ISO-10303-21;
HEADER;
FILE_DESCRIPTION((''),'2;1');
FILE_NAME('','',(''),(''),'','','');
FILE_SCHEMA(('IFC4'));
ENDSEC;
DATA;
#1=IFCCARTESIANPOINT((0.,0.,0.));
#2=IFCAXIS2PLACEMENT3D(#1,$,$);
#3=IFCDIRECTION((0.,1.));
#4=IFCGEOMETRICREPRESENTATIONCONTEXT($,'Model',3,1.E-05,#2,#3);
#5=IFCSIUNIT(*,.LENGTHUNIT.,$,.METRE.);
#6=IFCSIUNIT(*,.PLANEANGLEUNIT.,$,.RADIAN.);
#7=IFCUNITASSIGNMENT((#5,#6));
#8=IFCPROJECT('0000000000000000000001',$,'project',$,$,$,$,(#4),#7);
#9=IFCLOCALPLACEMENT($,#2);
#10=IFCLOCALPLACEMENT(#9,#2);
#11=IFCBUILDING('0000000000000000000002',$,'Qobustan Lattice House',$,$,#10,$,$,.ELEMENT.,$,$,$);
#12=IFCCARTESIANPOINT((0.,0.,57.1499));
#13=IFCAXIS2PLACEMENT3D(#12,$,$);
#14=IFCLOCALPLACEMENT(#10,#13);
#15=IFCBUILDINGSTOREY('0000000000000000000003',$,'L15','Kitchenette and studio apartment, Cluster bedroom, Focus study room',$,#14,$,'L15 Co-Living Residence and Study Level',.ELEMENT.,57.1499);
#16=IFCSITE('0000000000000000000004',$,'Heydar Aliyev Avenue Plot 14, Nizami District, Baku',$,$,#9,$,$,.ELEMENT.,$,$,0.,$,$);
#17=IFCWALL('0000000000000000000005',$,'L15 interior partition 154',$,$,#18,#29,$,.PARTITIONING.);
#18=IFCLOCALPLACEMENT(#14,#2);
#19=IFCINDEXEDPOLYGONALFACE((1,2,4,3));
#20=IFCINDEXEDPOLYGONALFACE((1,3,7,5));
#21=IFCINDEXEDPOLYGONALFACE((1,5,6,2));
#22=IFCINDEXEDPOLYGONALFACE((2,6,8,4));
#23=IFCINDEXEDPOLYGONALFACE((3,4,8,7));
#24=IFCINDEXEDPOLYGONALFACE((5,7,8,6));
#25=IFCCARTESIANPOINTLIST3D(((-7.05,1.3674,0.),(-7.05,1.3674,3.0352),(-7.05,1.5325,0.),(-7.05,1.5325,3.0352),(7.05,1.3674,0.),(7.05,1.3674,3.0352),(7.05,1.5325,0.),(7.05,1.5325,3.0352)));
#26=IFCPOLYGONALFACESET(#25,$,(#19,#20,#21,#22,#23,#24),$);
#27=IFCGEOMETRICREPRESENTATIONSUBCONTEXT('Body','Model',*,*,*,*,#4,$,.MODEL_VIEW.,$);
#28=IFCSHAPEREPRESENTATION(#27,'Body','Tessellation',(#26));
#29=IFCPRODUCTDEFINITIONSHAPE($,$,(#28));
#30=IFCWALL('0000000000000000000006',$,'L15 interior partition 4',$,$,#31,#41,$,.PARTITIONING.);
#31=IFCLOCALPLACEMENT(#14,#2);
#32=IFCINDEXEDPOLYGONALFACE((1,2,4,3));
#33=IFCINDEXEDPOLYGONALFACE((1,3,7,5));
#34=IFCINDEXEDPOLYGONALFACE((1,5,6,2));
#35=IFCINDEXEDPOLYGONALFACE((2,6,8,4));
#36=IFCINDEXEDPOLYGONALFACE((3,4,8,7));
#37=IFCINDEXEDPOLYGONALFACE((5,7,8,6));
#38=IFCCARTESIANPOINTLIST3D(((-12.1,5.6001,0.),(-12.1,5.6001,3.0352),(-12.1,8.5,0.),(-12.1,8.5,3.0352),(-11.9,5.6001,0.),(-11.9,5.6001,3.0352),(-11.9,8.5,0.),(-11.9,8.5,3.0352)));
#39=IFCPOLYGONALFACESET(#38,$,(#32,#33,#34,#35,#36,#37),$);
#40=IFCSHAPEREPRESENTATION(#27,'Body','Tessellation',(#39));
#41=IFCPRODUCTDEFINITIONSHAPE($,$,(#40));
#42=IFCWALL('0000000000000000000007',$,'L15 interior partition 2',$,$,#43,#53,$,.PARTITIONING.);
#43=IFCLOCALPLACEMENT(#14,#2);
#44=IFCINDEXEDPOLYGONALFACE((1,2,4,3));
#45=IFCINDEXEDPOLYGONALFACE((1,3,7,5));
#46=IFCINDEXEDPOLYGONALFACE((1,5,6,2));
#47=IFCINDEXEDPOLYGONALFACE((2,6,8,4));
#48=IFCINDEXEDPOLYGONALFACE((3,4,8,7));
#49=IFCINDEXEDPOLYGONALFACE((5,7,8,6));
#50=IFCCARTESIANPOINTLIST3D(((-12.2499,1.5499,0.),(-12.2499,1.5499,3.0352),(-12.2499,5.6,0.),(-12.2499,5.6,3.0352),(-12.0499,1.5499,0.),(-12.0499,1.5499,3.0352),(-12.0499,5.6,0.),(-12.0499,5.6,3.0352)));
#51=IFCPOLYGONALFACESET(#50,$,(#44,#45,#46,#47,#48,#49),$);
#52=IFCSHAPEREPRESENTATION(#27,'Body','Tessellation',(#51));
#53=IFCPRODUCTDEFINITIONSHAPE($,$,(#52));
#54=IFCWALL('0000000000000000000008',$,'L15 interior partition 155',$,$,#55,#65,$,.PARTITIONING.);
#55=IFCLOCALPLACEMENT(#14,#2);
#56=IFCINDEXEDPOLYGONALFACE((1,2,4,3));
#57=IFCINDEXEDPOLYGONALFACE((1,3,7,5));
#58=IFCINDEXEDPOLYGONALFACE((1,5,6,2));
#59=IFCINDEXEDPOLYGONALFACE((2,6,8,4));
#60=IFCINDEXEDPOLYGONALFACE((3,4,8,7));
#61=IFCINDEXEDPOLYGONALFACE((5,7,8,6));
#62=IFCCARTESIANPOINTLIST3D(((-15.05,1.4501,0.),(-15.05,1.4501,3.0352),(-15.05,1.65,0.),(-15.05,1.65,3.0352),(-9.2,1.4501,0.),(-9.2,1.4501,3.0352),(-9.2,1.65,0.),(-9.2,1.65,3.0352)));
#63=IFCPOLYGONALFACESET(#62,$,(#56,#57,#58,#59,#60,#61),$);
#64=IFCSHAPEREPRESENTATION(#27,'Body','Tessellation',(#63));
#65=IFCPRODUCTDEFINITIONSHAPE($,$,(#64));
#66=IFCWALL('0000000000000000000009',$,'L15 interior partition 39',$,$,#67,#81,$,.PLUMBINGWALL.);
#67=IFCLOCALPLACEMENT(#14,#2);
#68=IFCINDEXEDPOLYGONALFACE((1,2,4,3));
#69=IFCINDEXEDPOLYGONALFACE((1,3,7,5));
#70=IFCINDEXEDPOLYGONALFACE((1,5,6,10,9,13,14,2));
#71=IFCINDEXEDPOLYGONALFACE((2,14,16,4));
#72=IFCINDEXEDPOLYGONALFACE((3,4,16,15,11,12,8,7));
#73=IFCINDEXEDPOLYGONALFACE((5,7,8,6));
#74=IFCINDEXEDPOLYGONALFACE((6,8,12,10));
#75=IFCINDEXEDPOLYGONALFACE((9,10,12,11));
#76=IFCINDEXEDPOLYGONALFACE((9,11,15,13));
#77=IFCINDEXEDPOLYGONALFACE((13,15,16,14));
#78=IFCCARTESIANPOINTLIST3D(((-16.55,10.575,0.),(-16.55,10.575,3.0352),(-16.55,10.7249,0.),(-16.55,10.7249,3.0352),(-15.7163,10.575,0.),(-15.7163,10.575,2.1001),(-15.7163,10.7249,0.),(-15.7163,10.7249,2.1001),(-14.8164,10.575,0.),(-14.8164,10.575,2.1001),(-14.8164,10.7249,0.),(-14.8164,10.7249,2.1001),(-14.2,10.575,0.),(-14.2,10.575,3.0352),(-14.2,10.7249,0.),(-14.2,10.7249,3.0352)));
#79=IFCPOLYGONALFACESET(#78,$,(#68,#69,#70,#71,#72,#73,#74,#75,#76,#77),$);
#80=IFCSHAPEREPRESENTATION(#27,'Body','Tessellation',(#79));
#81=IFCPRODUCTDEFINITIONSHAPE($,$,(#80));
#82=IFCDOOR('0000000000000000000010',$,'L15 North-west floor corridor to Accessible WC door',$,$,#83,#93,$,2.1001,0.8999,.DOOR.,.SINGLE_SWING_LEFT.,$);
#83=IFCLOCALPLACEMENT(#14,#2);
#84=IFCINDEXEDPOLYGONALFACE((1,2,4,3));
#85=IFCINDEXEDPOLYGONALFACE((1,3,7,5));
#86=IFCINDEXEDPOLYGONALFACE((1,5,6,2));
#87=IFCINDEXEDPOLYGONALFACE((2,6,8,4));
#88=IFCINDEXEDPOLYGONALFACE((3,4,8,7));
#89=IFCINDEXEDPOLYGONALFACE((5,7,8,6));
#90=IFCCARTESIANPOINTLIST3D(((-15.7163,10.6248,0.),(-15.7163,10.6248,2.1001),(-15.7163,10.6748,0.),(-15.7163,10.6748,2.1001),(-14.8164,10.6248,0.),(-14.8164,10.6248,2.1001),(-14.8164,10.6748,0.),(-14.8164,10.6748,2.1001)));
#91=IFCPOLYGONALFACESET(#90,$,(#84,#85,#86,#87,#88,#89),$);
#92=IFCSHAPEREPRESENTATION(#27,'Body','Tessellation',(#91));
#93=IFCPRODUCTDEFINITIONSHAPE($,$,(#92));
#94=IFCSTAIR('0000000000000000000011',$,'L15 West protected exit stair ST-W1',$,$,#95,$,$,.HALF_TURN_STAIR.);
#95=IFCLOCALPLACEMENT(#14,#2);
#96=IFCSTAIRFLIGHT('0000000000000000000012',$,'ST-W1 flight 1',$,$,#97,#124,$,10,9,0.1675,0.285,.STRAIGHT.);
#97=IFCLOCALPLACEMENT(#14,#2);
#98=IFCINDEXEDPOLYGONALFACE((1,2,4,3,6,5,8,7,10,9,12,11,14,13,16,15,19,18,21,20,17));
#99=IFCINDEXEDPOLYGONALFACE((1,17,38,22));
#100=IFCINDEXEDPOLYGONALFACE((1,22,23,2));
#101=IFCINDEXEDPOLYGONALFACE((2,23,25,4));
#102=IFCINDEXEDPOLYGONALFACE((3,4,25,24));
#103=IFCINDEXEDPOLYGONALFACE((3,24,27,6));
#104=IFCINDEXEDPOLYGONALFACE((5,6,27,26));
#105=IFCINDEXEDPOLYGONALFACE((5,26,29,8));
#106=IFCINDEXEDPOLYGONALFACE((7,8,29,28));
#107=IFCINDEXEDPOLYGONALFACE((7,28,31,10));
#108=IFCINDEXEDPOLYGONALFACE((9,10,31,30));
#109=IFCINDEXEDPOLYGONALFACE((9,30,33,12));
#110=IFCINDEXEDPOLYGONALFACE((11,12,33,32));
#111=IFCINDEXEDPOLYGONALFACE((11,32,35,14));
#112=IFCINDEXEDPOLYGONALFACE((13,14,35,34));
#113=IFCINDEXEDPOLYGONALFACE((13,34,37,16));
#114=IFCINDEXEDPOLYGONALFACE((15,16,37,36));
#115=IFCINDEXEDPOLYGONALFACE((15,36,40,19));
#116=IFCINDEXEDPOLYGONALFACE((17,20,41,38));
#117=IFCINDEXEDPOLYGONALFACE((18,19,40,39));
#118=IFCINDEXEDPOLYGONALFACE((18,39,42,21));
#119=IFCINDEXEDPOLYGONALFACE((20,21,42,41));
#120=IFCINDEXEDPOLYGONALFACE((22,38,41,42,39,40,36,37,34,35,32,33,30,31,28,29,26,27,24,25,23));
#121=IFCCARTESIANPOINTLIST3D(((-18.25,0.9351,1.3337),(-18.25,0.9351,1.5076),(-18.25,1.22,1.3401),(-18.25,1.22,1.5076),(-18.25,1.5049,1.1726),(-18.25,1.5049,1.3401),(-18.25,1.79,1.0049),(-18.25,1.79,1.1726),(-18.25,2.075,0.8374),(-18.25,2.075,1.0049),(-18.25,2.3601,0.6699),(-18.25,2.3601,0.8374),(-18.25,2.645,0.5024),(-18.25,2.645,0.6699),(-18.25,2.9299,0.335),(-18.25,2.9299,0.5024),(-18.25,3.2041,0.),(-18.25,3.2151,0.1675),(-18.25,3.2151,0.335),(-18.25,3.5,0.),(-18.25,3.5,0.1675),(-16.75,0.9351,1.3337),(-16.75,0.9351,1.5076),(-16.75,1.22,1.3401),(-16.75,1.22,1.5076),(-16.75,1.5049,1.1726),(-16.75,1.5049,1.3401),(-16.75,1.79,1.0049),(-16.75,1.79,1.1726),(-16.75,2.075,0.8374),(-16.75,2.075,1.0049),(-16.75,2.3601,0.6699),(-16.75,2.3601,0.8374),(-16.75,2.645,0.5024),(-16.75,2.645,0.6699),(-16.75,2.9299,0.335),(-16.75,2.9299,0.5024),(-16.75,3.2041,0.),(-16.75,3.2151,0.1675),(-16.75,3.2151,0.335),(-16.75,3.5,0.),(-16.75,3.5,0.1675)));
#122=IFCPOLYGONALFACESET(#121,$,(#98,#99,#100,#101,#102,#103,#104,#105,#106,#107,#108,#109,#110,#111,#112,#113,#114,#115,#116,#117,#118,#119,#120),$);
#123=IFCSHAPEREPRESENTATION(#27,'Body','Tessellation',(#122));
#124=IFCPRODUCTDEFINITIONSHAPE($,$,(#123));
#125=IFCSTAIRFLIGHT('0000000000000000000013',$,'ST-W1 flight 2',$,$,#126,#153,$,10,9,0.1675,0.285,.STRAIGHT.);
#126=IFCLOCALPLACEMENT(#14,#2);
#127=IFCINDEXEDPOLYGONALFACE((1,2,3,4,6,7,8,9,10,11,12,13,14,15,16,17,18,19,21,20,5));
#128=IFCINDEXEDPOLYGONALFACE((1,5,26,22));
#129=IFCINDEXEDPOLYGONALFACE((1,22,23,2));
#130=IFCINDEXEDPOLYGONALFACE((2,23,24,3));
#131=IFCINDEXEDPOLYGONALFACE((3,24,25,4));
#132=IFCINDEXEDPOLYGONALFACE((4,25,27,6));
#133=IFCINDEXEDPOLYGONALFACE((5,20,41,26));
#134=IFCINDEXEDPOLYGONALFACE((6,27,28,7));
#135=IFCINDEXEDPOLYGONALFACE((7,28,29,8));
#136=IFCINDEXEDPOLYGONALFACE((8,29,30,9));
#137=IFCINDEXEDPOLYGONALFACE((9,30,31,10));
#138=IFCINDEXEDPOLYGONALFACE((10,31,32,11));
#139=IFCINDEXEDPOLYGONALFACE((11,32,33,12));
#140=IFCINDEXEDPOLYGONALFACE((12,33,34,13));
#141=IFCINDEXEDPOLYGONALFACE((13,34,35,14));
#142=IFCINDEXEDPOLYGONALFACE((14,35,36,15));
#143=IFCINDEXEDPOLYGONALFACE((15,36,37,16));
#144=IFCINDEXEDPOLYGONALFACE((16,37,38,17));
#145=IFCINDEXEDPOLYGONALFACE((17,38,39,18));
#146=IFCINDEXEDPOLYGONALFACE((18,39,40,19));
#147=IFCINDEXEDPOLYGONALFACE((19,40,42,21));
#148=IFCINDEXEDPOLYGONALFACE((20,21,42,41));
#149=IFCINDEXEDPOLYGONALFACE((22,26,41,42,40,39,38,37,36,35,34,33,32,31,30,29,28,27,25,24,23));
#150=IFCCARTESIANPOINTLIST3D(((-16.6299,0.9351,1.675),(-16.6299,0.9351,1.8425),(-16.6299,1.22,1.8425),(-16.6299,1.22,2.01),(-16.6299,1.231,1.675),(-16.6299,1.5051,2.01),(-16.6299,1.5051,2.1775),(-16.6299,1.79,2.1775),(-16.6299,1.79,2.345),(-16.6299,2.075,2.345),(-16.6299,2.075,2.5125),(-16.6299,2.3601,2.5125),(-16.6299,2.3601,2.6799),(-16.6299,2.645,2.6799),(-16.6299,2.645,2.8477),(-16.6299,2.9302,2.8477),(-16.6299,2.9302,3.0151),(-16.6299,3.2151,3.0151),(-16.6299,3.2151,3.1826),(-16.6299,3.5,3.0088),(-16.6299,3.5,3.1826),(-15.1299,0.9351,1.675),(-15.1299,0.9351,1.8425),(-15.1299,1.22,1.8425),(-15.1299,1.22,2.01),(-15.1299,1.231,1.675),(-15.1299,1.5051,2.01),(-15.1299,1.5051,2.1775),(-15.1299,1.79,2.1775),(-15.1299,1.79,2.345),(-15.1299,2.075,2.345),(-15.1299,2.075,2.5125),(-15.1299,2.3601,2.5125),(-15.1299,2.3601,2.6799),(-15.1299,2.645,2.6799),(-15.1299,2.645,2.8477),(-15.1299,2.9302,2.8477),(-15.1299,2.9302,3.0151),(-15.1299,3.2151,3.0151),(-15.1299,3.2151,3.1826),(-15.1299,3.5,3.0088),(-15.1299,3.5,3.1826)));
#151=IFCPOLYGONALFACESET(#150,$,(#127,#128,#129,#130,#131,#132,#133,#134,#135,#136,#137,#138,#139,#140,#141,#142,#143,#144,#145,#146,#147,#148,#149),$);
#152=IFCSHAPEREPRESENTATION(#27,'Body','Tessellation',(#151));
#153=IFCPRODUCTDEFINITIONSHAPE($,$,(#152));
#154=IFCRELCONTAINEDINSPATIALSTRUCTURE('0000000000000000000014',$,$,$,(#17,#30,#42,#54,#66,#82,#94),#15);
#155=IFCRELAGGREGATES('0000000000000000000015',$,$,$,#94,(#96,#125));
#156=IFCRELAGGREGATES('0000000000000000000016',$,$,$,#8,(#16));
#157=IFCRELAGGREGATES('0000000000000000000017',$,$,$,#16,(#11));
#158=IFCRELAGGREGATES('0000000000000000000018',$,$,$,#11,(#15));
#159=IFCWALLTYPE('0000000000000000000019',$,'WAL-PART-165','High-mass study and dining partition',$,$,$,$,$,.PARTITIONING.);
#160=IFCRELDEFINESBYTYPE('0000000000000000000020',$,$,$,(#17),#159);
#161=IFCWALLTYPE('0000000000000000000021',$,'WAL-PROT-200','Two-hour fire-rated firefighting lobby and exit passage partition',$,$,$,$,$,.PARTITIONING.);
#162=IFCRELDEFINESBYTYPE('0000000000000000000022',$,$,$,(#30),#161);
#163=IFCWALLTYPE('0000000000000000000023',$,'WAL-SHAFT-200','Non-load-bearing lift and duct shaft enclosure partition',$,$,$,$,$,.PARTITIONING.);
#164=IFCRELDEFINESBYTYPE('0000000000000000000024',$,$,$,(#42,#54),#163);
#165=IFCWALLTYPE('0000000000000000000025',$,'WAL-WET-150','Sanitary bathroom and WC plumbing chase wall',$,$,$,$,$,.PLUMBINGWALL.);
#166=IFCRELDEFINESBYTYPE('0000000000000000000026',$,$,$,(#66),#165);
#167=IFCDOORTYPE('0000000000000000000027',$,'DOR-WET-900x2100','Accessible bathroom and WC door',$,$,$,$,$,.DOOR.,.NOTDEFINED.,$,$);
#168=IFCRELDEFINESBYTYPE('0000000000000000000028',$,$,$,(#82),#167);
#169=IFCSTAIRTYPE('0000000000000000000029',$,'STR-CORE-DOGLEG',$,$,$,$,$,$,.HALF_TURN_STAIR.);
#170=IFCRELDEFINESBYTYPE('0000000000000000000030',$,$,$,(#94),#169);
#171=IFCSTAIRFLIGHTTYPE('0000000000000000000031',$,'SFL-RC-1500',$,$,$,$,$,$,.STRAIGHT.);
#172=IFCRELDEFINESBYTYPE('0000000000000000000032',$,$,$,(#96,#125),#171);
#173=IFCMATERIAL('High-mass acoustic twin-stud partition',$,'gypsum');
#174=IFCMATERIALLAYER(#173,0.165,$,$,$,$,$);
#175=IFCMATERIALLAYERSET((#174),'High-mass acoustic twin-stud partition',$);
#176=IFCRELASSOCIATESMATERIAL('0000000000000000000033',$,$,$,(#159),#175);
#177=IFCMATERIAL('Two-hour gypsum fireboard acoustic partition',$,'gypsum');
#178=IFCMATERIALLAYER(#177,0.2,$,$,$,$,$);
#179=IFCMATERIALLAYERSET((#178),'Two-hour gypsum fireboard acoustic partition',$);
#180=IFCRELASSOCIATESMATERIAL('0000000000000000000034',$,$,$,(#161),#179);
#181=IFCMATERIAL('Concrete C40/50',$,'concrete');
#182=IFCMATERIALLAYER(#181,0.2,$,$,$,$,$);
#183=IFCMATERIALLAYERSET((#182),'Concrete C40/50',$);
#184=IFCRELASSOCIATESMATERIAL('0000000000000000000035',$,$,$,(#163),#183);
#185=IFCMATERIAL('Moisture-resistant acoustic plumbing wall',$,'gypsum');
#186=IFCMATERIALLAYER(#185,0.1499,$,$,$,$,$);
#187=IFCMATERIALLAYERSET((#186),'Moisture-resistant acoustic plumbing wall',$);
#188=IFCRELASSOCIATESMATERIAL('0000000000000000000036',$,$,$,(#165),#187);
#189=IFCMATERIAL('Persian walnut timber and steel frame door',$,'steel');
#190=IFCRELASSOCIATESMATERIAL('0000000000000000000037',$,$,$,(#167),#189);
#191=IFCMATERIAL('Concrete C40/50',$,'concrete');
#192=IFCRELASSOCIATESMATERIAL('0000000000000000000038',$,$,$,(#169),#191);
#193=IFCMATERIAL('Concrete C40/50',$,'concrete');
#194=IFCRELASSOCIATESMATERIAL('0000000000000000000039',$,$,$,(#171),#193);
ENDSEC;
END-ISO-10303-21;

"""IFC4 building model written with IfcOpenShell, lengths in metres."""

from ifc_helpers import new_model, si_unit, direction, frame, frame_2d, origin, place, context, subcontext, project, spatial, polyline, rectangle, outline, extrude, material, layer, layer_set, type_object, element, fill, aggregate, save


model = new_model("IFC4")

# Units and contexts
model_context = context("Model", 3, precision=1e-05, world=origin(), true_north=direction((0.0, 1.0)))
body_context = subcontext(model_context, "Body", "Model", "MODEL_VIEW")
ifc_project = project(units=[si_unit("LENGTHUNIT", "METRE"), si_unit("PLANEANGLEUNIT", "RADIAN")], contexts=[model_context])

# Site, building, storey
site_placement = place(None, origin())
site = spatial("IfcSite", under=ifc_project, at=site_placement, Name="Heydar Aliyev Avenue Plot 14, Nizami District, Baku", CompositionType="ELEMENT", RefElevation=0.0)
building_placement = place(site_placement, origin())
building = spatial("IfcBuilding", under=site, at=building_placement, Name="Qobustan Lattice House", CompositionType="ELEMENT")
storey_placement = place(building_placement, frame((0.0, 0.0, 57.1499)))
storey = spatial("IfcBuildingStorey", under=building, at=storey_placement, Name="L15", Description="Kitchenette and studio apartment, Cluster bedroom, Focus study room", LongName="L15 Co-Living Residence and Study Level", CompositionType="ELEMENT", Elevation=57.1499)

# Wall
ifc_material_1 = material(Name="High-mass acoustic twin-stud partition", Category="gypsum")
ifc_layer_1 = layer(ifc_material_1, 0.165)
ifc_layer_set_1 = layer_set([ifc_layer_1], Name="High-mass acoustic twin-stud partition")
wall_type_1 = type_object("IfcWallType", Name="WAL-PART-165", Description="High-mass study and dining partition", PredefinedType="PARTITIONING", material=ifc_layer_set_1)
wall_1_placement = place(storey_placement, frame((-7.05, 1.45, 0.0), z_axis=(0.0, 0.0, 1.0), x_axis=(1.0, 0.0, 0.0)))
element("IfcWall", 1, at=wall_1_placement, inside=storey, type_object=wall_type_1, Name="L15 interior partition 154", PredefinedType="PARTITIONING", context=body_context, shape_type="SweptSolid", body=[
    extrude(rectangle(XDim=14.1001, YDim=0.165, at=frame_2d((7.05, 0.0))), origin(), (0.0, 0.0, 1.0), 3.0352),
])

# Shared definitions
ifc_material_2 = material(Name="Two-hour gypsum fireboard acoustic partition", Category="gypsum")
ifc_layer_2 = layer(ifc_material_2, 0.2)
ifc_layer_set_2 = layer_set([ifc_layer_2], Name="Two-hour gypsum fireboard acoustic partition")
wall_type_2 = type_object("IfcWallType", Name="WAL-PROT-200", Description="Two-hour fire-rated firefighting lobby and exit passage partition", PredefinedType="PARTITIONING", material=ifc_layer_set_2)

# Walls
wall_2_placement = place(storey_placement, frame((-12.0, 5.6001, 0.0), z_axis=(0.0, 0.0, 1.0), x_axis=(0.0, 1.0, 0.0)))
element("IfcWall", 2, at=wall_2_placement, inside=storey, type_object=wall_type_2, Name="L15 interior partition 4", PredefinedType="PARTITIONING", context=body_context, shape_type="SweptSolid", body=[
    extrude(rectangle(XDim=2.8999, YDim=0.2, at=frame_2d((1.45, 0.0))), origin(), (0.0, 0.0, 1.0), 3.0352),
])
ifc_material_3 = material(Name="Concrete C40/50", Category="concrete")
ifc_layer_3 = layer(ifc_material_3, 0.2)
ifc_layer_set_3 = layer_set([ifc_layer_3], Name="Concrete C40/50")
wall_type_3 = type_object("IfcWallType", Name="WAL-SHAFT-200", Description="Non-load-bearing lift and duct shaft enclosure partition", PredefinedType="PARTITIONING", material=ifc_layer_set_3)
wall_3_placement = place(storey_placement, frame((-12.1499, 1.55, 0.0), z_axis=(0.0, 0.0, 1.0), x_axis=(0.0, 1.0, 0.0)))
element("IfcWall", 3, at=wall_3_placement, inside=storey, type_object=wall_type_3, Name="L15 interior partition 2", PredefinedType="PARTITIONING", context=body_context, shape_type="SweptSolid", body=[
    extrude(rectangle(XDim=4.05, YDim=0.2, at=frame_2d((2.0249, 0.0))), origin(), (0.0, 0.0, 1.0), 3.0352),
])
wall_4_placement = place(storey_placement, frame((-15.05, 1.55, 0.0), z_axis=(0.0, 0.0, 1.0), x_axis=(1.0, 0.0, 0.0)))
element("IfcWall", 4, at=wall_4_placement, inside=storey, type_object=wall_type_3, Name="L15 interior partition 155", PredefinedType="PARTITIONING", context=body_context, shape_type="SweptSolid", body=[
    extrude(rectangle(XDim=5.8501, YDim=0.2, at=frame_2d((2.925, 0.0))), origin(), (0.0, 0.0, 1.0), 3.0352),
])

# Wall, opening, door
ifc_material_4 = material(Name="Moisture-resistant acoustic plumbing wall", Category="gypsum")
ifc_layer_4 = layer(ifc_material_4, 0.1499)
ifc_layer_set_4 = layer_set([ifc_layer_4], Name="Moisture-resistant acoustic plumbing wall")
wall_type_4 = type_object("IfcWallType", Name="WAL-WET-150", Description="Sanitary bathroom and WC plumbing chase wall", PredefinedType="PLUMBINGWALL", material=ifc_layer_set_4)
wall_5_placement = place(storey_placement, frame((-16.55, 10.6499, 0.0), z_axis=(0.0, 0.0, 1.0), x_axis=(1.0, 0.0, 0.0)))
wall_5 = element("IfcWall", 5, at=wall_5_placement, inside=storey, type_object=wall_type_4, Name="L15 interior partition 39", PredefinedType="PLUMBINGWALL", context=body_context, shape_type="SweptSolid", body=[
    extrude(rectangle(XDim=2.3501, YDim=0.1499, at=frame_2d((1.175, 0.0))), origin(), (0.0, 0.0, 1.0), 3.0352),
])
opening_1_placement = place(wall_5_placement, frame((0.8337, 0.0, 0.0)))
opening_1 = element("IfcOpeningElement", 6, at=opening_1_placement, cuts=wall_5, PredefinedType="OPENING", context=body_context, shape_type="SweptSolid", body=[
    extrude(rectangle(XDim=0.8999, YDim=2.1001, at=frame_2d((0.45, 1.05))), frame((0.0, 0.085, 0.0), z_axis=(0.0, -1.0, 0.0), x_axis=(1.0, 0.0, 0.0)), (0.0, 0.0, 1.0), 0.1699),
])
ifc_material_5 = material(Name="Persian walnut timber and steel frame door", Category="steel")
door_type_1 = type_object("IfcDoorType", Name="DOR-WET-900x2100", Description="Accessible bathroom and WC door", OperationType="NOTDEFINED", PredefinedType="DOOR", material=ifc_material_5)
door_1_placement = place(opening_1_placement, origin())
door_1 = element("IfcDoor", 7, at=door_1_placement, inside=storey, type_object=door_type_1, Name="L15 North-west floor corridor to Accessible WC door", OperationType="SINGLE_SWING_LEFT", OverallHeight=2.1001, OverallWidth=0.8999, PredefinedType="DOOR", context=body_context, shape_type="SweptSolid", body=[
    extrude(rectangle(XDim=0.8999, YDim=2.1001, at=frame_2d((0.45, 1.05))), frame((0.0, 0.0249, 0.0), z_axis=(0.0, -1.0, 0.0), x_axis=(1.0, 0.0, 0.0)), (0.0, 0.0, 1.0), 0.05),
])
fill(opening_1, door_1)

# Stair, stair flights
ifc_material_6 = material(Name="Concrete C40/50", Category="concrete")
stair_type = type_object("IfcStairType", Name="STR-CORE-DOGLEG", PredefinedType="HALF_TURN_STAIR", material=ifc_material_6)
stair_placement = place(storey_placement, origin())
stair = element("IfcStair", 8, at=stair_placement, inside=storey, type_object=stair_type, Name="L15 West protected exit stair ST-W1", PredefinedType="HALF_TURN_STAIR")
ifc_material_7 = material(Name="Concrete C40/50", Category="concrete")
stair_flight_type = type_object("IfcStairFlightType", Name="SFL-RC-1500", PredefinedType="STRAIGHT", material=ifc_material_7)
stair_flight_1_placement = place(storey_placement, frame((-17.5, 3.5, 0.0), z_axis=(0.0, 0.0, 1.0), x_axis=(0.0, -1.0, 0.0)))
stair_flight_1 = element("IfcStairFlight", 9, at=stair_flight_1_placement, type_object=stair_flight_type, Name="ST-W1 flight 1", NumberOfRisers=10, NumberOfTreads=9, PredefinedType="STRAIGHT", RiserHeight=0.1675, TreadLength=0.285, context=body_context, shape_type="SweptSolid", body=[
    extrude(outline(polyline([(0.0, 0.0), (0.0, 0.1675), (0.2849, 0.1675), (0.2849, 0.335), (0.5701, 0.335), (0.5701, 0.5024), (0.855, 0.5024), (0.855, 0.6699), (1.1399, 0.6699), (1.1399, 0.8374), (1.425, 0.8374), (1.425, 1.0049), (1.71, 1.0049), (1.71, 1.1726), (1.9951, 1.1726), (1.9951, 1.3401), (2.28, 1.3401), (2.28, 1.5076), (2.5649, 1.5076), (2.5649, 1.675), (2.5649, 1.3337), (0.2959, 0.0), (0.0, 0.0)])), frame((0.0, 0.75, 0.0), z_axis=(0.0, -1.0, 0.0), x_axis=(1.0, 0.0, 0.0)), (0.0, 0.0, 1.0), 1.5),
])
stair_flight_2_placement = place(storey_placement, frame((-15.8799, 0.9351, 1.675), z_axis=(0.0, 0.0, 1.0), x_axis=(0.0, 1.0, 0.0)))
stair_flight_2 = element("IfcStairFlight", 10, at=stair_flight_2_placement, type_object=stair_flight_type, Name="ST-W1 flight 2", NumberOfRisers=10, NumberOfTreads=9, PredefinedType="STRAIGHT", RiserHeight=0.1675, TreadLength=0.285, context=body_context, shape_type="SweptSolid", body=[
    extrude(outline(polyline([(0.0, 0.0), (0.0, 0.1675), (0.2849, 0.1675), (0.2849, 0.335), (0.5701, 0.335), (0.5701, 0.5024), (0.855, 0.5024), (0.855, 0.6699), (1.1399, 0.6699), (1.1399, 0.8374), (1.425, 0.8374), (1.425, 1.0049), (1.71, 1.0049), (1.71, 1.1726), (1.9951, 1.1726), (1.9951, 1.3401), (2.28, 1.3401), (2.28, 1.5076), (2.5649, 1.5076), (2.5649, 1.675), (2.5649, 1.3337), (0.2959, 0.0), (0.0, 0.0)])), frame((0.0, 0.75, 0.0), z_axis=(0.0, -1.0, 0.0), x_axis=(1.0, 0.0, 0.0)), (0.0, 0.0, 1.0), 1.5),
])
aggregate(stair, [stair_flight_1, stair_flight_2])

save(model, "model.ifc")
